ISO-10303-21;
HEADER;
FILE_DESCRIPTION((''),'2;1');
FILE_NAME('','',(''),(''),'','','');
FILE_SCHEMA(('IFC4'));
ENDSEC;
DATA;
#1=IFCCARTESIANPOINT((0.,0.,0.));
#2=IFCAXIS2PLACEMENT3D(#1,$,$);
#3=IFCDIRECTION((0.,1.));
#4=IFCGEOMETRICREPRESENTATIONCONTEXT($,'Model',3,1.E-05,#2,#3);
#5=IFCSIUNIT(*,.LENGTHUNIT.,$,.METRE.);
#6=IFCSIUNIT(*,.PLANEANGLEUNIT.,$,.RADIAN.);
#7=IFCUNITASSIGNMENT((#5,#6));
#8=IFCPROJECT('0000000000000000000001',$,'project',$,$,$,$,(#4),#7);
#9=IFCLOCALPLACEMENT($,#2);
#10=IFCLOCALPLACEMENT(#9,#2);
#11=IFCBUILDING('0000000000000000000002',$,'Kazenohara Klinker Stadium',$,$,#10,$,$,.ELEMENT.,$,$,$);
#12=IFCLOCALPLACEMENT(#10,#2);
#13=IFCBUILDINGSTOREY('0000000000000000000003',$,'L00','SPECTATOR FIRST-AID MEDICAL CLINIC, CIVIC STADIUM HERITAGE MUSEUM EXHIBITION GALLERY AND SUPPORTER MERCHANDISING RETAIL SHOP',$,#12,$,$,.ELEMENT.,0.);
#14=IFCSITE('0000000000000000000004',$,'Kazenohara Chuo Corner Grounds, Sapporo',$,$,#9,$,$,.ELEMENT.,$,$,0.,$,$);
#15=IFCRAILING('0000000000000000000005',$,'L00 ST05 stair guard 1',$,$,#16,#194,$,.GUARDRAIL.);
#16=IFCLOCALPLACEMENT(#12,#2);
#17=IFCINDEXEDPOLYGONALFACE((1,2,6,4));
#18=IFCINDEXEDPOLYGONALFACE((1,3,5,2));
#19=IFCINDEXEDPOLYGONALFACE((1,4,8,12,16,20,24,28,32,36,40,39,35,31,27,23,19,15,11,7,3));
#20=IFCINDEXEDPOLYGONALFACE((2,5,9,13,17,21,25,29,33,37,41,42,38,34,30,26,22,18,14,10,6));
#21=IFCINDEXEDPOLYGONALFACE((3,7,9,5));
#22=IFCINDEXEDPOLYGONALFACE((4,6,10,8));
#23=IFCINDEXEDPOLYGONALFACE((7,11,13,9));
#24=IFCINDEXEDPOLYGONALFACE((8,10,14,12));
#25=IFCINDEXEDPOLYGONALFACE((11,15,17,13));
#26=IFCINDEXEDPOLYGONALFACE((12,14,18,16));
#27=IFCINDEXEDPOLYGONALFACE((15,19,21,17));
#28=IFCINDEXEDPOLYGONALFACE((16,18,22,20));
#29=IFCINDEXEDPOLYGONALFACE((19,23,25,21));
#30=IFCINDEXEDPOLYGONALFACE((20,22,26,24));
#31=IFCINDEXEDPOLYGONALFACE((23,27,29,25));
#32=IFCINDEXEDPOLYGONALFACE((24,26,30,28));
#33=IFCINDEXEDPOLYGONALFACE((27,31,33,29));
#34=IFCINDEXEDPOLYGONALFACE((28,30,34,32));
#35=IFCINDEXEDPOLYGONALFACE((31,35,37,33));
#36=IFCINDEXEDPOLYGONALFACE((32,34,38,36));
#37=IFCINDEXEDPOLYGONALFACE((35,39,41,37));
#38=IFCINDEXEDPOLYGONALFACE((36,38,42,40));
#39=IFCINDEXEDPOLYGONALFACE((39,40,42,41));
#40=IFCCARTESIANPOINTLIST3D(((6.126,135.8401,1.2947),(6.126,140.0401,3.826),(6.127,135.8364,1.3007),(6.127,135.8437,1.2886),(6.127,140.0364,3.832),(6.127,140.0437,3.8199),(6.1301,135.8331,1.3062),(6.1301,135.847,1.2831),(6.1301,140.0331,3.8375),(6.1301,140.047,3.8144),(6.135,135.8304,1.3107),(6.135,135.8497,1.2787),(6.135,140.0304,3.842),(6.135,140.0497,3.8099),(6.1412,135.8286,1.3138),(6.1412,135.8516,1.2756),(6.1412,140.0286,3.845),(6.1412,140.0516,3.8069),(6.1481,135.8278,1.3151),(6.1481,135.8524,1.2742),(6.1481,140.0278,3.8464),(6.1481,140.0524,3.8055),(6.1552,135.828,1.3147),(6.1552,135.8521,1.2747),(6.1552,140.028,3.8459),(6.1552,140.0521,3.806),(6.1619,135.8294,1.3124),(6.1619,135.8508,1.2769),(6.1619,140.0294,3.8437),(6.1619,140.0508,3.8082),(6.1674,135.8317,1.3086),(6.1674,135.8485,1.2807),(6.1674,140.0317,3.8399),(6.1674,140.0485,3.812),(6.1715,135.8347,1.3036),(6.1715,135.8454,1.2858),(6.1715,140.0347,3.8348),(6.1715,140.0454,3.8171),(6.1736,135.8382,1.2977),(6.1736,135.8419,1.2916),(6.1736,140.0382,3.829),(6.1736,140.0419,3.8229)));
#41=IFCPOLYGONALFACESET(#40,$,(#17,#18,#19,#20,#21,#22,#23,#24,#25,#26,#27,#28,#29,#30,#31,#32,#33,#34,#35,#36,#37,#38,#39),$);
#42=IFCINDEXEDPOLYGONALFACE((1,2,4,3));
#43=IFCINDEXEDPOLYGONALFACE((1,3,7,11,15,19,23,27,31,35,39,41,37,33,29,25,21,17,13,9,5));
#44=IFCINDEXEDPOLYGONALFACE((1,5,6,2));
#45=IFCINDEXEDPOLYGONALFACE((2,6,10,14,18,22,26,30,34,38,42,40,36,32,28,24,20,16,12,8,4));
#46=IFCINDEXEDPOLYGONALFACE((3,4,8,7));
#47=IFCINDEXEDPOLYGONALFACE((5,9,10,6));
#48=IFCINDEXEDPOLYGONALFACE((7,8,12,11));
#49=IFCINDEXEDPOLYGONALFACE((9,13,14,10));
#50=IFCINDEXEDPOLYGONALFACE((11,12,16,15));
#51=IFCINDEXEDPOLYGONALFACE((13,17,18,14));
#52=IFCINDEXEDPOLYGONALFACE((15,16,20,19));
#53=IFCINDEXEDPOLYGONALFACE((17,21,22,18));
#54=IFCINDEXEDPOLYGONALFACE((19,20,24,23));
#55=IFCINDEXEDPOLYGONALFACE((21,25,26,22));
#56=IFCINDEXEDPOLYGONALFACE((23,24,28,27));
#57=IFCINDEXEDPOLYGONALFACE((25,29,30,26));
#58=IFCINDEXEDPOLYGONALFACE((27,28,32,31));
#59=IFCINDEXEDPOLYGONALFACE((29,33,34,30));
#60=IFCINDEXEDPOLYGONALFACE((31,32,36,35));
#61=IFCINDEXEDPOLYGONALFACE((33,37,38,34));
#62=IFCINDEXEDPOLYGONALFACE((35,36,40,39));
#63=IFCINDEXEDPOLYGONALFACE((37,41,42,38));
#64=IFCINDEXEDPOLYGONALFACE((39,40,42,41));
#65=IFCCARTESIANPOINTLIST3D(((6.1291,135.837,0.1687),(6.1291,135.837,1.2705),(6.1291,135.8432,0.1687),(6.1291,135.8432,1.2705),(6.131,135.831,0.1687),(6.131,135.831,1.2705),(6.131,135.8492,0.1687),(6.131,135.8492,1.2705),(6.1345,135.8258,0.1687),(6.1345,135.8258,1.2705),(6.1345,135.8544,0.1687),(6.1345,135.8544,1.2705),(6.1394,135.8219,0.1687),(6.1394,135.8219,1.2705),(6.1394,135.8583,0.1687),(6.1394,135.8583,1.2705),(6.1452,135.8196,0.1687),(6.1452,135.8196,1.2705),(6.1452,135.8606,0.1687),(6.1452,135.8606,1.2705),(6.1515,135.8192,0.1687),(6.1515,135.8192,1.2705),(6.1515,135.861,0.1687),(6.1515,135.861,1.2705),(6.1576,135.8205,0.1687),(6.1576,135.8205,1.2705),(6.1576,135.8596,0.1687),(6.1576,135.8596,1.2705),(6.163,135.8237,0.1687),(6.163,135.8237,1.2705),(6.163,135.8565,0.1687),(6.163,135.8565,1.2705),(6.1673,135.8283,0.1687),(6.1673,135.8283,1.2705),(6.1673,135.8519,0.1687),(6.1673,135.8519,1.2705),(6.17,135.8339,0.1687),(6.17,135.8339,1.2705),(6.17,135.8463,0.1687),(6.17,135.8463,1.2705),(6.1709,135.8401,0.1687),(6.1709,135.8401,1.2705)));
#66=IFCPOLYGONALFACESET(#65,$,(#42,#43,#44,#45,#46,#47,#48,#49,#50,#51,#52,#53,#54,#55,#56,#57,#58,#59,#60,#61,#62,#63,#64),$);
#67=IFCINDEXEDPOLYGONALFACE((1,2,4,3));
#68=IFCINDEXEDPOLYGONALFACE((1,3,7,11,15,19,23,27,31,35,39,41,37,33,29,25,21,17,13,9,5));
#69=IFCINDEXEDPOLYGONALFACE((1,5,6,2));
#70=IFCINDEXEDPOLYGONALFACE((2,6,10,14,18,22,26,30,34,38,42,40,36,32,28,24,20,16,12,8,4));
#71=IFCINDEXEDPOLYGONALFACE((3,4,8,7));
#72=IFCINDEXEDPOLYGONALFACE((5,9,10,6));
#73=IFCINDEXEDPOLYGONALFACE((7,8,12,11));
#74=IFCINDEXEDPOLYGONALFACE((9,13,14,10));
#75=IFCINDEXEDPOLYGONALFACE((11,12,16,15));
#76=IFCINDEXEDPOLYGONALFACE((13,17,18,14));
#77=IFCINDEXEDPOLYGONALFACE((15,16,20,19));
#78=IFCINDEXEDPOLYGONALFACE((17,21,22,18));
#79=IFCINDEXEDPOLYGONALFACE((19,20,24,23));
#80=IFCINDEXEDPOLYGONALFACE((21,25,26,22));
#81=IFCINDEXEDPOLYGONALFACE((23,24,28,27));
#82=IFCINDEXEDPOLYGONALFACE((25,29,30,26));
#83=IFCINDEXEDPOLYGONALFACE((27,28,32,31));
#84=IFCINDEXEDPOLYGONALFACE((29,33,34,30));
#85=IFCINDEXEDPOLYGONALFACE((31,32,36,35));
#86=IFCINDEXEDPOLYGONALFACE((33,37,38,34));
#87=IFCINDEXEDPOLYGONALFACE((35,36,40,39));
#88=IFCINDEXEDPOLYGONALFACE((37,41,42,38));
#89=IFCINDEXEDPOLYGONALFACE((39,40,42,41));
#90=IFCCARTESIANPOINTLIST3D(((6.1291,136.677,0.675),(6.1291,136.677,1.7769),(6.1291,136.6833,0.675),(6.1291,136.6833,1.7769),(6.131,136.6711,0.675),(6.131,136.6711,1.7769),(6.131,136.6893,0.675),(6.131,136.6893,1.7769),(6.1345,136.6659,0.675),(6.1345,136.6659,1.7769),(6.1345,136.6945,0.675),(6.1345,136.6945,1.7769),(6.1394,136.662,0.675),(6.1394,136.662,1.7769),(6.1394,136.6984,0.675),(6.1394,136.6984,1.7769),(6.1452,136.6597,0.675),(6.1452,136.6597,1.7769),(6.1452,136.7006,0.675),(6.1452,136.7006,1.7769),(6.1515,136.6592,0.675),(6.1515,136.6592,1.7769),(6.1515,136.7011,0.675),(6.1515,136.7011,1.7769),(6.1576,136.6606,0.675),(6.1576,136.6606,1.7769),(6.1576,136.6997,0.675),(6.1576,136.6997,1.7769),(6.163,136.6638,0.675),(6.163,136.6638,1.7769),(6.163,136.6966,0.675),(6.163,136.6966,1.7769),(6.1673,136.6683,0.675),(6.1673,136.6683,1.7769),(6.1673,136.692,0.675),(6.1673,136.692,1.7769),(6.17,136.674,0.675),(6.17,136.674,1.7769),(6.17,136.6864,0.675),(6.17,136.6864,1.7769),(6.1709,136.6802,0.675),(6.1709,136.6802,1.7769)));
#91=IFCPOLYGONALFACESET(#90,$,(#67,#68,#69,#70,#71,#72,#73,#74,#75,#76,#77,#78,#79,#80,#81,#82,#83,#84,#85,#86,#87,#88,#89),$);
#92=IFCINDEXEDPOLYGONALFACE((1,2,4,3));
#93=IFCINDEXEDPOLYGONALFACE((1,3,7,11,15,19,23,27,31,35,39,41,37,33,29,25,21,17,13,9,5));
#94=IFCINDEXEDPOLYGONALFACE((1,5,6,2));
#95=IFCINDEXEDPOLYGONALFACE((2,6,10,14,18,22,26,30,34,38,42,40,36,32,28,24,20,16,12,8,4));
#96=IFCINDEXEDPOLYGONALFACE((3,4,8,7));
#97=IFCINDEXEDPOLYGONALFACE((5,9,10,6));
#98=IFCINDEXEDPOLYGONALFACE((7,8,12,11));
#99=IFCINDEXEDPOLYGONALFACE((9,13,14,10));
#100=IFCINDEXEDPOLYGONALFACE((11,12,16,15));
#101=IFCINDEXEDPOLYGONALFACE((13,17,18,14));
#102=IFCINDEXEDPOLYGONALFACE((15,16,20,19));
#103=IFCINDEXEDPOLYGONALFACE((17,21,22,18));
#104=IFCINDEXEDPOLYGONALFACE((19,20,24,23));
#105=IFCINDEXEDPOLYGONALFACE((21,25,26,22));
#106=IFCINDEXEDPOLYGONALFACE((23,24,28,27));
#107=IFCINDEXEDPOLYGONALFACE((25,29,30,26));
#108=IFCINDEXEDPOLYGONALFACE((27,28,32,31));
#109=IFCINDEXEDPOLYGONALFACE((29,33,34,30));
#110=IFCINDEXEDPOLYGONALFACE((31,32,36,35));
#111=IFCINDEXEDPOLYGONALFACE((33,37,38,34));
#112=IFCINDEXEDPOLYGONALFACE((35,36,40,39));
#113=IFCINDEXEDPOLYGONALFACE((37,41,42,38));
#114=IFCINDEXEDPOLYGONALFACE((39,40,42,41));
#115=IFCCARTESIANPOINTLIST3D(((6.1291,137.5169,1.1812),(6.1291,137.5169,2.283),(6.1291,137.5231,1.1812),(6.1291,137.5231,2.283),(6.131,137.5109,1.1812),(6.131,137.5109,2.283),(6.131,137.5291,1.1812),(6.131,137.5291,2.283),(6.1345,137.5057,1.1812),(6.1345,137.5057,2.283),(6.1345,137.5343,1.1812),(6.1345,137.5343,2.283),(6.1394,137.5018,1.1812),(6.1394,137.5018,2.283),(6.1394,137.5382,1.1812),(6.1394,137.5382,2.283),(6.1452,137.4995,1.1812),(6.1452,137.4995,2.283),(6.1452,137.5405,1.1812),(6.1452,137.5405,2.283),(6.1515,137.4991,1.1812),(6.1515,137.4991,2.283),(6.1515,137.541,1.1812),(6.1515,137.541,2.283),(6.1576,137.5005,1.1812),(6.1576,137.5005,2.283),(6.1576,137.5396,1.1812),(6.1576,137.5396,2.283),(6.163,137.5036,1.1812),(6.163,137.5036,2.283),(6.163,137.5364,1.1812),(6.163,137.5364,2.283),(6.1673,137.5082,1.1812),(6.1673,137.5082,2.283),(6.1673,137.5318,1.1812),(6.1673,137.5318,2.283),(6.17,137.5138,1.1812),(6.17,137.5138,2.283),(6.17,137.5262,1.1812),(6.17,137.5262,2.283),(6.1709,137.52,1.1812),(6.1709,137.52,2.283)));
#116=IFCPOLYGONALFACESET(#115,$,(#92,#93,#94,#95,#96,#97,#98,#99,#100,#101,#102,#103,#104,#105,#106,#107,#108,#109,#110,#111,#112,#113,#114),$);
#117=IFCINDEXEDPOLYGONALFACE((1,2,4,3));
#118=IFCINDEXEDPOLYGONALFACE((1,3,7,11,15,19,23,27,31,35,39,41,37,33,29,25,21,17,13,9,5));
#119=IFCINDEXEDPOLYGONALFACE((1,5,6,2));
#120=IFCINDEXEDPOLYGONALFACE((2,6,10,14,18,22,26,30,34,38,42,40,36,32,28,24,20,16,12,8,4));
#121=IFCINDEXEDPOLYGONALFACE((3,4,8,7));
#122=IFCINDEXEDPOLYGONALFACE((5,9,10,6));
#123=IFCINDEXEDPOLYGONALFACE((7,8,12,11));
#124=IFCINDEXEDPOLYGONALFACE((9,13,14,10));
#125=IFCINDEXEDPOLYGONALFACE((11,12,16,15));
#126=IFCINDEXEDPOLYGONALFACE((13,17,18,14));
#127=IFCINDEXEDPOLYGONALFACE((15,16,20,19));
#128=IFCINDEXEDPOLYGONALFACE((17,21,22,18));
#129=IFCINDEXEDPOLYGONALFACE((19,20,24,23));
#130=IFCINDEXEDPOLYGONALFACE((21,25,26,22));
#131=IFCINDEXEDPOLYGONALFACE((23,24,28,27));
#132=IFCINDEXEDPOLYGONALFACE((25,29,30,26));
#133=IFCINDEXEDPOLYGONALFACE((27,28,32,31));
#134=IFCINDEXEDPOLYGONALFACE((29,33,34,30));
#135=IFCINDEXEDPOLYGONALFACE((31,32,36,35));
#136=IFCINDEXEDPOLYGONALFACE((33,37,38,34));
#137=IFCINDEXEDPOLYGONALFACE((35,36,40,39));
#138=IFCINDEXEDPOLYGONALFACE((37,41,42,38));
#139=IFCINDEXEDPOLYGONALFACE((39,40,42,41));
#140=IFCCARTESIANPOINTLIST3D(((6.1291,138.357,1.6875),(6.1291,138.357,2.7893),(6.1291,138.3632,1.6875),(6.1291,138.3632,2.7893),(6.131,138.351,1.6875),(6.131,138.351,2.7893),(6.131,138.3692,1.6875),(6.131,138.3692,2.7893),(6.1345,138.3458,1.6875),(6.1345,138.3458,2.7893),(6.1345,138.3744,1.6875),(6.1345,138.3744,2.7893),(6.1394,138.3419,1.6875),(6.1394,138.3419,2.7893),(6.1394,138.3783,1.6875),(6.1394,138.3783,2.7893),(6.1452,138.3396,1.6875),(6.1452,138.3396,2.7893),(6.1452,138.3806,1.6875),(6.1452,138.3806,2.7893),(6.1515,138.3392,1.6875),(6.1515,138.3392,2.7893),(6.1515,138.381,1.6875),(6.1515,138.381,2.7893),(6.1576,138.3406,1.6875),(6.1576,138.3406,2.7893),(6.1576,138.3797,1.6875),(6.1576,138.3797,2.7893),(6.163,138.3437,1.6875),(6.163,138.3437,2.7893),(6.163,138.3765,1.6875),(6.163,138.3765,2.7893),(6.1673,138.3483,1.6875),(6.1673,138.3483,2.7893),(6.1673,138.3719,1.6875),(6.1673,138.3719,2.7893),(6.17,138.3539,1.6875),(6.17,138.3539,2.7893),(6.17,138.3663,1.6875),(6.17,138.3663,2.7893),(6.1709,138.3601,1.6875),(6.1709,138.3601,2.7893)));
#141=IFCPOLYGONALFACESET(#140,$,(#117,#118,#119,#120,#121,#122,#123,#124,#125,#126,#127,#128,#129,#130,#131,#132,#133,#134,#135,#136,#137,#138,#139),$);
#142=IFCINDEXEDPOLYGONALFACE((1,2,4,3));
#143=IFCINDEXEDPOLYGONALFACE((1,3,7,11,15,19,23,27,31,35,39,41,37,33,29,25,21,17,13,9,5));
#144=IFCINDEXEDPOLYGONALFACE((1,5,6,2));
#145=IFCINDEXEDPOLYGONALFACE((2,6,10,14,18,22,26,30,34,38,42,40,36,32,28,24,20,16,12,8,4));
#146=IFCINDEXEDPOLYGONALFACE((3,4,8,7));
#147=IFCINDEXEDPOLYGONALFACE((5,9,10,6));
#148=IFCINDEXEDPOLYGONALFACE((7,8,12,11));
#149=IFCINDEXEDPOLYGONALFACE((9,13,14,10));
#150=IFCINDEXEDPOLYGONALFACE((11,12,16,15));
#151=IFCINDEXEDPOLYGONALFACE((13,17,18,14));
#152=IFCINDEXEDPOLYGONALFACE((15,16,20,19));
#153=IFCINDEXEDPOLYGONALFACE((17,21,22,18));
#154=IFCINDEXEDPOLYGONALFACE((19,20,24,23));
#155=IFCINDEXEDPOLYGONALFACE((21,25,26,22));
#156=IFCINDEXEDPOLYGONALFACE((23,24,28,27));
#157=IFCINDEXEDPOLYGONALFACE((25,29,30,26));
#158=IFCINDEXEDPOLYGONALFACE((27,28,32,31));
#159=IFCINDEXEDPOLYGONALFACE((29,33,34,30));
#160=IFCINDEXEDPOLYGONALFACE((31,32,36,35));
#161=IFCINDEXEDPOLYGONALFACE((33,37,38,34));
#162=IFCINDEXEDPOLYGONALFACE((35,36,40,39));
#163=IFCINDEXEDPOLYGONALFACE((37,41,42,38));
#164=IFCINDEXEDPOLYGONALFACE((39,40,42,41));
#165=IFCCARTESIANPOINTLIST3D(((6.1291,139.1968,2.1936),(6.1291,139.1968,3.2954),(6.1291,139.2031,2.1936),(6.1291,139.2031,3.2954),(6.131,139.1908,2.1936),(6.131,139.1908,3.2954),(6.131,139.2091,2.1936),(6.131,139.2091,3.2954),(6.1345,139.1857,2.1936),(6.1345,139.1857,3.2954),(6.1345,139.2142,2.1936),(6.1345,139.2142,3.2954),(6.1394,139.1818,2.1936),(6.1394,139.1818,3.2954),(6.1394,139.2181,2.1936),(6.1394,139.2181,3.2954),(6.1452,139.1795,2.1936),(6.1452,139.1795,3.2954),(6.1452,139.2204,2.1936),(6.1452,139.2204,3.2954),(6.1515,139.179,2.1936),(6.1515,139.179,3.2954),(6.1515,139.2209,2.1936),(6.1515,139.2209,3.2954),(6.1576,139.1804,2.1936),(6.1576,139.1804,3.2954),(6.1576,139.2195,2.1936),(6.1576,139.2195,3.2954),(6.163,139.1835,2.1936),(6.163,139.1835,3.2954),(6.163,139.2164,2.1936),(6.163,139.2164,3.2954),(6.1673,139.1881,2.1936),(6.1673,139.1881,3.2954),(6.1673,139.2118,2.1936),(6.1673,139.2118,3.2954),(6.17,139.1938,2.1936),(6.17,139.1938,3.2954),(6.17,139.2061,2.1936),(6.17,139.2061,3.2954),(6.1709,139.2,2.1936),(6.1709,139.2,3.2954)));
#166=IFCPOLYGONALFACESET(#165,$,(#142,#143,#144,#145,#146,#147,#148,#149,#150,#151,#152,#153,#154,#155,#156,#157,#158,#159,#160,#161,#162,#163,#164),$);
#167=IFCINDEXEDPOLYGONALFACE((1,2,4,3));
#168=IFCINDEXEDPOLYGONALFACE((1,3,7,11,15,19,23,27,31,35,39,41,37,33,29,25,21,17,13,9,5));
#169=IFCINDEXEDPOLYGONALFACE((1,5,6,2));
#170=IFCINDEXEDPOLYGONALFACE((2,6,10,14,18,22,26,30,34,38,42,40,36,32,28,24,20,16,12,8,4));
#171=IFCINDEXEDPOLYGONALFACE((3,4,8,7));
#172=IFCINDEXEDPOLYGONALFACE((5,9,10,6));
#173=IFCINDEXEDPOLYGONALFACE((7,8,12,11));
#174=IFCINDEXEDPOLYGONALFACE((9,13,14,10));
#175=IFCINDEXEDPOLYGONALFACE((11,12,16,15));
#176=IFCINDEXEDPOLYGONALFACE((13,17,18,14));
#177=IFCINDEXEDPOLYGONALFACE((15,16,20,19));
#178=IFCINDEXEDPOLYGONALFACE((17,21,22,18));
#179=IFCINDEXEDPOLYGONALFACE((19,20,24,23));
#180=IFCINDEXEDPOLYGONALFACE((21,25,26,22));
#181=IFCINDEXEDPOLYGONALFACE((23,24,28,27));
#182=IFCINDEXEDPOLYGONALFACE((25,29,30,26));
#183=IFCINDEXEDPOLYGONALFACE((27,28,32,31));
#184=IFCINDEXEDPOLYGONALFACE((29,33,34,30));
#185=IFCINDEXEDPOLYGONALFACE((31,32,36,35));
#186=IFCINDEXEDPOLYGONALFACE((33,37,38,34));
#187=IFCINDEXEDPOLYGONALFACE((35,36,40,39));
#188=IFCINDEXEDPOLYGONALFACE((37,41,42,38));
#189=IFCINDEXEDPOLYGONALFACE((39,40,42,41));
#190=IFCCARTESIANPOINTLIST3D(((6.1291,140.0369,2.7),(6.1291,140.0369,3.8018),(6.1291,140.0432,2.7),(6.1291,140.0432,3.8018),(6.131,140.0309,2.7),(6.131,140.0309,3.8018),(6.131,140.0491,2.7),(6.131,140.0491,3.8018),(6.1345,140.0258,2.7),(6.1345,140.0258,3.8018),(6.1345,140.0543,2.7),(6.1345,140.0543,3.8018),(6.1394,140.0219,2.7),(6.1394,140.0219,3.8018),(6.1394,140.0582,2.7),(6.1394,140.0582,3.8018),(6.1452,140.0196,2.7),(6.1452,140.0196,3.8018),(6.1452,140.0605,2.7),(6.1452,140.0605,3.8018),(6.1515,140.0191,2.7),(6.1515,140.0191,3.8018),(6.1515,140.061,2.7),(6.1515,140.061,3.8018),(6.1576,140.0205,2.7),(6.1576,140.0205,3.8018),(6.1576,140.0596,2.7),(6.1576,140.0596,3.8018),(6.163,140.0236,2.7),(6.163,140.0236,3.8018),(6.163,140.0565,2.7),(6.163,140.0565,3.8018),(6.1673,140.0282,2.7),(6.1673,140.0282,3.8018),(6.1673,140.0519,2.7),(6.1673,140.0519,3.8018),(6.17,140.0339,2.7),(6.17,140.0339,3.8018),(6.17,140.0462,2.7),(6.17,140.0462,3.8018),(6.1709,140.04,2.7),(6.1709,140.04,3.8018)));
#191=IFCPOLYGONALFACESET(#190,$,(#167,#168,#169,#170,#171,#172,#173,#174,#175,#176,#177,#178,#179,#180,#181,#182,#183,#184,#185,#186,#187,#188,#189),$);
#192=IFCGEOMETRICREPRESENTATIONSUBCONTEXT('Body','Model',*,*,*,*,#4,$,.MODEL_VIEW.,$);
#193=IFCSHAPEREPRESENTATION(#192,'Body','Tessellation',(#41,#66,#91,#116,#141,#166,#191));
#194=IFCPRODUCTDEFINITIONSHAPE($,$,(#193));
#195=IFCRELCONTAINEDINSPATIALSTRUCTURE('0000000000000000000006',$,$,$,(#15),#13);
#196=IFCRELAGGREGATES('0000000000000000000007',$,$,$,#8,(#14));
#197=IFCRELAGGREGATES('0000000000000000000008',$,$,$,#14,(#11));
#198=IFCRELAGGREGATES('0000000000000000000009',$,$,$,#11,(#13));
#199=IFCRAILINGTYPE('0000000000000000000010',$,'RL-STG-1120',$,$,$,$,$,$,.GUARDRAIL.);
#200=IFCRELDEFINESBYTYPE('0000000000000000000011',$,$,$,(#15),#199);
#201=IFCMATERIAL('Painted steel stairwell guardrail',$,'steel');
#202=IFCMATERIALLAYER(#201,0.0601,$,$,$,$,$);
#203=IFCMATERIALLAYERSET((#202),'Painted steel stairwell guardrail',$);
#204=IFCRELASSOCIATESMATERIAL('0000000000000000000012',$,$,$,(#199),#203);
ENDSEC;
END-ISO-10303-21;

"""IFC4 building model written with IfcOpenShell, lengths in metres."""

from ifc_helpers import new_model, si_unit, direction, frame, origin, origin_2d, place, context, subcontext, project, spatial, circle, extrude, material, layer, layer_set, type_object, element, save


model = new_model("IFC4")

# Units and contexts
model_context = context("Model", 3, precision=1e-05, world=origin(), true_north=direction((0.0, 1.0)))
body_context = subcontext(model_context, "Body", "Model", "MODEL_VIEW")
ifc_project = project(units=[si_unit("LENGTHUNIT", "METRE"), si_unit("PLANEANGLEUNIT", "RADIAN")], contexts=[model_context])

# Site, building, storey
site_placement = place(None, origin())
site = spatial("IfcSite", under=ifc_project, at=site_placement, Name="Kazenohara Chuo Corner Grounds, Sapporo", CompositionType="ELEMENT", RefElevation=0.0)
building_placement = place(site_placement, origin())
building = spatial("IfcBuilding", under=site, at=building_placement, Name="Kazenohara Klinker Stadium", CompositionType="ELEMENT")
storey_placement = place(building_placement, origin())
storey = spatial("IfcBuildingStorey", under=building, at=storey_placement, Name="L00", Description="SPECTATOR FIRST-AID MEDICAL CLINIC, CIVIC STADIUM HERITAGE MUSEUM EXHIBITION GALLERY AND SUPPORTER MERCHANDISING RETAIL SHOP", CompositionType="ELEMENT", Elevation=0.0)

# Railing
ifc_material_1 = material(Name="Painted steel stairwell guardrail", Category="steel")
ifc_layer_1 = layer(ifc_material_1, 0.0601)
ifc_layer_set_1 = layer_set([ifc_layer_1], Name="Painted steel stairwell guardrail")
railing_type_1 = type_object("IfcRailingType", Name="RL-STG-1120", PredefinedType="GUARDRAIL", material=ifc_layer_set_1)
railing_1_placement = place(storey_placement, frame((6.1499, 135.8401, 0.1687)))
element("IfcRailing", 1, at=railing_1_placement, inside=storey, type_object=railing_type_1, Name="L00 ST05 stair guard 1", PredefinedType="GUARDRAIL", context=body_context, shape_type="SweptSolid", body=[
    extrude(circle(Radius=0.0239, at=origin_2d()), frame((0.0, 0.0, 1.126), z_axis=(0.0, 0.856476, 0.516186), x_axis=(-1.0, 0.0, 0.0)), (0.0, 0.0, 1.0), 4.9038),
    extrude(circle(Radius=0.021, at=origin_2d()), origin(), (0.0, 0.0, 1.0), 1.1018),
    extrude(circle(Radius=0.021, at=origin_2d()), frame((0.0, 0.8401, 0.5063)), (0.0, 0.0, 1.0), 1.1018),
    extrude(circle(Radius=0.021, at=origin_2d()), frame((0.0, 1.6799, 1.0125)), (0.0, 0.0, 1.0), 1.1018),
    extrude(circle(Radius=0.021, at=origin_2d()), frame((0.0, 2.52, 1.5188)), (0.0, 0.0, 1.0), 1.1018),
    extrude(circle(Radius=0.021, at=origin_2d()), frame((0.0, 3.3599, 2.0249)), (0.0, 0.0, 1.0), 1.1018),
    extrude(circle(Radius=0.021, at=origin_2d()), frame((0.0, 4.2, 2.5312)), (0.0, 0.0, 1.0), 1.1018),
])

save(model, "model.ifc")
